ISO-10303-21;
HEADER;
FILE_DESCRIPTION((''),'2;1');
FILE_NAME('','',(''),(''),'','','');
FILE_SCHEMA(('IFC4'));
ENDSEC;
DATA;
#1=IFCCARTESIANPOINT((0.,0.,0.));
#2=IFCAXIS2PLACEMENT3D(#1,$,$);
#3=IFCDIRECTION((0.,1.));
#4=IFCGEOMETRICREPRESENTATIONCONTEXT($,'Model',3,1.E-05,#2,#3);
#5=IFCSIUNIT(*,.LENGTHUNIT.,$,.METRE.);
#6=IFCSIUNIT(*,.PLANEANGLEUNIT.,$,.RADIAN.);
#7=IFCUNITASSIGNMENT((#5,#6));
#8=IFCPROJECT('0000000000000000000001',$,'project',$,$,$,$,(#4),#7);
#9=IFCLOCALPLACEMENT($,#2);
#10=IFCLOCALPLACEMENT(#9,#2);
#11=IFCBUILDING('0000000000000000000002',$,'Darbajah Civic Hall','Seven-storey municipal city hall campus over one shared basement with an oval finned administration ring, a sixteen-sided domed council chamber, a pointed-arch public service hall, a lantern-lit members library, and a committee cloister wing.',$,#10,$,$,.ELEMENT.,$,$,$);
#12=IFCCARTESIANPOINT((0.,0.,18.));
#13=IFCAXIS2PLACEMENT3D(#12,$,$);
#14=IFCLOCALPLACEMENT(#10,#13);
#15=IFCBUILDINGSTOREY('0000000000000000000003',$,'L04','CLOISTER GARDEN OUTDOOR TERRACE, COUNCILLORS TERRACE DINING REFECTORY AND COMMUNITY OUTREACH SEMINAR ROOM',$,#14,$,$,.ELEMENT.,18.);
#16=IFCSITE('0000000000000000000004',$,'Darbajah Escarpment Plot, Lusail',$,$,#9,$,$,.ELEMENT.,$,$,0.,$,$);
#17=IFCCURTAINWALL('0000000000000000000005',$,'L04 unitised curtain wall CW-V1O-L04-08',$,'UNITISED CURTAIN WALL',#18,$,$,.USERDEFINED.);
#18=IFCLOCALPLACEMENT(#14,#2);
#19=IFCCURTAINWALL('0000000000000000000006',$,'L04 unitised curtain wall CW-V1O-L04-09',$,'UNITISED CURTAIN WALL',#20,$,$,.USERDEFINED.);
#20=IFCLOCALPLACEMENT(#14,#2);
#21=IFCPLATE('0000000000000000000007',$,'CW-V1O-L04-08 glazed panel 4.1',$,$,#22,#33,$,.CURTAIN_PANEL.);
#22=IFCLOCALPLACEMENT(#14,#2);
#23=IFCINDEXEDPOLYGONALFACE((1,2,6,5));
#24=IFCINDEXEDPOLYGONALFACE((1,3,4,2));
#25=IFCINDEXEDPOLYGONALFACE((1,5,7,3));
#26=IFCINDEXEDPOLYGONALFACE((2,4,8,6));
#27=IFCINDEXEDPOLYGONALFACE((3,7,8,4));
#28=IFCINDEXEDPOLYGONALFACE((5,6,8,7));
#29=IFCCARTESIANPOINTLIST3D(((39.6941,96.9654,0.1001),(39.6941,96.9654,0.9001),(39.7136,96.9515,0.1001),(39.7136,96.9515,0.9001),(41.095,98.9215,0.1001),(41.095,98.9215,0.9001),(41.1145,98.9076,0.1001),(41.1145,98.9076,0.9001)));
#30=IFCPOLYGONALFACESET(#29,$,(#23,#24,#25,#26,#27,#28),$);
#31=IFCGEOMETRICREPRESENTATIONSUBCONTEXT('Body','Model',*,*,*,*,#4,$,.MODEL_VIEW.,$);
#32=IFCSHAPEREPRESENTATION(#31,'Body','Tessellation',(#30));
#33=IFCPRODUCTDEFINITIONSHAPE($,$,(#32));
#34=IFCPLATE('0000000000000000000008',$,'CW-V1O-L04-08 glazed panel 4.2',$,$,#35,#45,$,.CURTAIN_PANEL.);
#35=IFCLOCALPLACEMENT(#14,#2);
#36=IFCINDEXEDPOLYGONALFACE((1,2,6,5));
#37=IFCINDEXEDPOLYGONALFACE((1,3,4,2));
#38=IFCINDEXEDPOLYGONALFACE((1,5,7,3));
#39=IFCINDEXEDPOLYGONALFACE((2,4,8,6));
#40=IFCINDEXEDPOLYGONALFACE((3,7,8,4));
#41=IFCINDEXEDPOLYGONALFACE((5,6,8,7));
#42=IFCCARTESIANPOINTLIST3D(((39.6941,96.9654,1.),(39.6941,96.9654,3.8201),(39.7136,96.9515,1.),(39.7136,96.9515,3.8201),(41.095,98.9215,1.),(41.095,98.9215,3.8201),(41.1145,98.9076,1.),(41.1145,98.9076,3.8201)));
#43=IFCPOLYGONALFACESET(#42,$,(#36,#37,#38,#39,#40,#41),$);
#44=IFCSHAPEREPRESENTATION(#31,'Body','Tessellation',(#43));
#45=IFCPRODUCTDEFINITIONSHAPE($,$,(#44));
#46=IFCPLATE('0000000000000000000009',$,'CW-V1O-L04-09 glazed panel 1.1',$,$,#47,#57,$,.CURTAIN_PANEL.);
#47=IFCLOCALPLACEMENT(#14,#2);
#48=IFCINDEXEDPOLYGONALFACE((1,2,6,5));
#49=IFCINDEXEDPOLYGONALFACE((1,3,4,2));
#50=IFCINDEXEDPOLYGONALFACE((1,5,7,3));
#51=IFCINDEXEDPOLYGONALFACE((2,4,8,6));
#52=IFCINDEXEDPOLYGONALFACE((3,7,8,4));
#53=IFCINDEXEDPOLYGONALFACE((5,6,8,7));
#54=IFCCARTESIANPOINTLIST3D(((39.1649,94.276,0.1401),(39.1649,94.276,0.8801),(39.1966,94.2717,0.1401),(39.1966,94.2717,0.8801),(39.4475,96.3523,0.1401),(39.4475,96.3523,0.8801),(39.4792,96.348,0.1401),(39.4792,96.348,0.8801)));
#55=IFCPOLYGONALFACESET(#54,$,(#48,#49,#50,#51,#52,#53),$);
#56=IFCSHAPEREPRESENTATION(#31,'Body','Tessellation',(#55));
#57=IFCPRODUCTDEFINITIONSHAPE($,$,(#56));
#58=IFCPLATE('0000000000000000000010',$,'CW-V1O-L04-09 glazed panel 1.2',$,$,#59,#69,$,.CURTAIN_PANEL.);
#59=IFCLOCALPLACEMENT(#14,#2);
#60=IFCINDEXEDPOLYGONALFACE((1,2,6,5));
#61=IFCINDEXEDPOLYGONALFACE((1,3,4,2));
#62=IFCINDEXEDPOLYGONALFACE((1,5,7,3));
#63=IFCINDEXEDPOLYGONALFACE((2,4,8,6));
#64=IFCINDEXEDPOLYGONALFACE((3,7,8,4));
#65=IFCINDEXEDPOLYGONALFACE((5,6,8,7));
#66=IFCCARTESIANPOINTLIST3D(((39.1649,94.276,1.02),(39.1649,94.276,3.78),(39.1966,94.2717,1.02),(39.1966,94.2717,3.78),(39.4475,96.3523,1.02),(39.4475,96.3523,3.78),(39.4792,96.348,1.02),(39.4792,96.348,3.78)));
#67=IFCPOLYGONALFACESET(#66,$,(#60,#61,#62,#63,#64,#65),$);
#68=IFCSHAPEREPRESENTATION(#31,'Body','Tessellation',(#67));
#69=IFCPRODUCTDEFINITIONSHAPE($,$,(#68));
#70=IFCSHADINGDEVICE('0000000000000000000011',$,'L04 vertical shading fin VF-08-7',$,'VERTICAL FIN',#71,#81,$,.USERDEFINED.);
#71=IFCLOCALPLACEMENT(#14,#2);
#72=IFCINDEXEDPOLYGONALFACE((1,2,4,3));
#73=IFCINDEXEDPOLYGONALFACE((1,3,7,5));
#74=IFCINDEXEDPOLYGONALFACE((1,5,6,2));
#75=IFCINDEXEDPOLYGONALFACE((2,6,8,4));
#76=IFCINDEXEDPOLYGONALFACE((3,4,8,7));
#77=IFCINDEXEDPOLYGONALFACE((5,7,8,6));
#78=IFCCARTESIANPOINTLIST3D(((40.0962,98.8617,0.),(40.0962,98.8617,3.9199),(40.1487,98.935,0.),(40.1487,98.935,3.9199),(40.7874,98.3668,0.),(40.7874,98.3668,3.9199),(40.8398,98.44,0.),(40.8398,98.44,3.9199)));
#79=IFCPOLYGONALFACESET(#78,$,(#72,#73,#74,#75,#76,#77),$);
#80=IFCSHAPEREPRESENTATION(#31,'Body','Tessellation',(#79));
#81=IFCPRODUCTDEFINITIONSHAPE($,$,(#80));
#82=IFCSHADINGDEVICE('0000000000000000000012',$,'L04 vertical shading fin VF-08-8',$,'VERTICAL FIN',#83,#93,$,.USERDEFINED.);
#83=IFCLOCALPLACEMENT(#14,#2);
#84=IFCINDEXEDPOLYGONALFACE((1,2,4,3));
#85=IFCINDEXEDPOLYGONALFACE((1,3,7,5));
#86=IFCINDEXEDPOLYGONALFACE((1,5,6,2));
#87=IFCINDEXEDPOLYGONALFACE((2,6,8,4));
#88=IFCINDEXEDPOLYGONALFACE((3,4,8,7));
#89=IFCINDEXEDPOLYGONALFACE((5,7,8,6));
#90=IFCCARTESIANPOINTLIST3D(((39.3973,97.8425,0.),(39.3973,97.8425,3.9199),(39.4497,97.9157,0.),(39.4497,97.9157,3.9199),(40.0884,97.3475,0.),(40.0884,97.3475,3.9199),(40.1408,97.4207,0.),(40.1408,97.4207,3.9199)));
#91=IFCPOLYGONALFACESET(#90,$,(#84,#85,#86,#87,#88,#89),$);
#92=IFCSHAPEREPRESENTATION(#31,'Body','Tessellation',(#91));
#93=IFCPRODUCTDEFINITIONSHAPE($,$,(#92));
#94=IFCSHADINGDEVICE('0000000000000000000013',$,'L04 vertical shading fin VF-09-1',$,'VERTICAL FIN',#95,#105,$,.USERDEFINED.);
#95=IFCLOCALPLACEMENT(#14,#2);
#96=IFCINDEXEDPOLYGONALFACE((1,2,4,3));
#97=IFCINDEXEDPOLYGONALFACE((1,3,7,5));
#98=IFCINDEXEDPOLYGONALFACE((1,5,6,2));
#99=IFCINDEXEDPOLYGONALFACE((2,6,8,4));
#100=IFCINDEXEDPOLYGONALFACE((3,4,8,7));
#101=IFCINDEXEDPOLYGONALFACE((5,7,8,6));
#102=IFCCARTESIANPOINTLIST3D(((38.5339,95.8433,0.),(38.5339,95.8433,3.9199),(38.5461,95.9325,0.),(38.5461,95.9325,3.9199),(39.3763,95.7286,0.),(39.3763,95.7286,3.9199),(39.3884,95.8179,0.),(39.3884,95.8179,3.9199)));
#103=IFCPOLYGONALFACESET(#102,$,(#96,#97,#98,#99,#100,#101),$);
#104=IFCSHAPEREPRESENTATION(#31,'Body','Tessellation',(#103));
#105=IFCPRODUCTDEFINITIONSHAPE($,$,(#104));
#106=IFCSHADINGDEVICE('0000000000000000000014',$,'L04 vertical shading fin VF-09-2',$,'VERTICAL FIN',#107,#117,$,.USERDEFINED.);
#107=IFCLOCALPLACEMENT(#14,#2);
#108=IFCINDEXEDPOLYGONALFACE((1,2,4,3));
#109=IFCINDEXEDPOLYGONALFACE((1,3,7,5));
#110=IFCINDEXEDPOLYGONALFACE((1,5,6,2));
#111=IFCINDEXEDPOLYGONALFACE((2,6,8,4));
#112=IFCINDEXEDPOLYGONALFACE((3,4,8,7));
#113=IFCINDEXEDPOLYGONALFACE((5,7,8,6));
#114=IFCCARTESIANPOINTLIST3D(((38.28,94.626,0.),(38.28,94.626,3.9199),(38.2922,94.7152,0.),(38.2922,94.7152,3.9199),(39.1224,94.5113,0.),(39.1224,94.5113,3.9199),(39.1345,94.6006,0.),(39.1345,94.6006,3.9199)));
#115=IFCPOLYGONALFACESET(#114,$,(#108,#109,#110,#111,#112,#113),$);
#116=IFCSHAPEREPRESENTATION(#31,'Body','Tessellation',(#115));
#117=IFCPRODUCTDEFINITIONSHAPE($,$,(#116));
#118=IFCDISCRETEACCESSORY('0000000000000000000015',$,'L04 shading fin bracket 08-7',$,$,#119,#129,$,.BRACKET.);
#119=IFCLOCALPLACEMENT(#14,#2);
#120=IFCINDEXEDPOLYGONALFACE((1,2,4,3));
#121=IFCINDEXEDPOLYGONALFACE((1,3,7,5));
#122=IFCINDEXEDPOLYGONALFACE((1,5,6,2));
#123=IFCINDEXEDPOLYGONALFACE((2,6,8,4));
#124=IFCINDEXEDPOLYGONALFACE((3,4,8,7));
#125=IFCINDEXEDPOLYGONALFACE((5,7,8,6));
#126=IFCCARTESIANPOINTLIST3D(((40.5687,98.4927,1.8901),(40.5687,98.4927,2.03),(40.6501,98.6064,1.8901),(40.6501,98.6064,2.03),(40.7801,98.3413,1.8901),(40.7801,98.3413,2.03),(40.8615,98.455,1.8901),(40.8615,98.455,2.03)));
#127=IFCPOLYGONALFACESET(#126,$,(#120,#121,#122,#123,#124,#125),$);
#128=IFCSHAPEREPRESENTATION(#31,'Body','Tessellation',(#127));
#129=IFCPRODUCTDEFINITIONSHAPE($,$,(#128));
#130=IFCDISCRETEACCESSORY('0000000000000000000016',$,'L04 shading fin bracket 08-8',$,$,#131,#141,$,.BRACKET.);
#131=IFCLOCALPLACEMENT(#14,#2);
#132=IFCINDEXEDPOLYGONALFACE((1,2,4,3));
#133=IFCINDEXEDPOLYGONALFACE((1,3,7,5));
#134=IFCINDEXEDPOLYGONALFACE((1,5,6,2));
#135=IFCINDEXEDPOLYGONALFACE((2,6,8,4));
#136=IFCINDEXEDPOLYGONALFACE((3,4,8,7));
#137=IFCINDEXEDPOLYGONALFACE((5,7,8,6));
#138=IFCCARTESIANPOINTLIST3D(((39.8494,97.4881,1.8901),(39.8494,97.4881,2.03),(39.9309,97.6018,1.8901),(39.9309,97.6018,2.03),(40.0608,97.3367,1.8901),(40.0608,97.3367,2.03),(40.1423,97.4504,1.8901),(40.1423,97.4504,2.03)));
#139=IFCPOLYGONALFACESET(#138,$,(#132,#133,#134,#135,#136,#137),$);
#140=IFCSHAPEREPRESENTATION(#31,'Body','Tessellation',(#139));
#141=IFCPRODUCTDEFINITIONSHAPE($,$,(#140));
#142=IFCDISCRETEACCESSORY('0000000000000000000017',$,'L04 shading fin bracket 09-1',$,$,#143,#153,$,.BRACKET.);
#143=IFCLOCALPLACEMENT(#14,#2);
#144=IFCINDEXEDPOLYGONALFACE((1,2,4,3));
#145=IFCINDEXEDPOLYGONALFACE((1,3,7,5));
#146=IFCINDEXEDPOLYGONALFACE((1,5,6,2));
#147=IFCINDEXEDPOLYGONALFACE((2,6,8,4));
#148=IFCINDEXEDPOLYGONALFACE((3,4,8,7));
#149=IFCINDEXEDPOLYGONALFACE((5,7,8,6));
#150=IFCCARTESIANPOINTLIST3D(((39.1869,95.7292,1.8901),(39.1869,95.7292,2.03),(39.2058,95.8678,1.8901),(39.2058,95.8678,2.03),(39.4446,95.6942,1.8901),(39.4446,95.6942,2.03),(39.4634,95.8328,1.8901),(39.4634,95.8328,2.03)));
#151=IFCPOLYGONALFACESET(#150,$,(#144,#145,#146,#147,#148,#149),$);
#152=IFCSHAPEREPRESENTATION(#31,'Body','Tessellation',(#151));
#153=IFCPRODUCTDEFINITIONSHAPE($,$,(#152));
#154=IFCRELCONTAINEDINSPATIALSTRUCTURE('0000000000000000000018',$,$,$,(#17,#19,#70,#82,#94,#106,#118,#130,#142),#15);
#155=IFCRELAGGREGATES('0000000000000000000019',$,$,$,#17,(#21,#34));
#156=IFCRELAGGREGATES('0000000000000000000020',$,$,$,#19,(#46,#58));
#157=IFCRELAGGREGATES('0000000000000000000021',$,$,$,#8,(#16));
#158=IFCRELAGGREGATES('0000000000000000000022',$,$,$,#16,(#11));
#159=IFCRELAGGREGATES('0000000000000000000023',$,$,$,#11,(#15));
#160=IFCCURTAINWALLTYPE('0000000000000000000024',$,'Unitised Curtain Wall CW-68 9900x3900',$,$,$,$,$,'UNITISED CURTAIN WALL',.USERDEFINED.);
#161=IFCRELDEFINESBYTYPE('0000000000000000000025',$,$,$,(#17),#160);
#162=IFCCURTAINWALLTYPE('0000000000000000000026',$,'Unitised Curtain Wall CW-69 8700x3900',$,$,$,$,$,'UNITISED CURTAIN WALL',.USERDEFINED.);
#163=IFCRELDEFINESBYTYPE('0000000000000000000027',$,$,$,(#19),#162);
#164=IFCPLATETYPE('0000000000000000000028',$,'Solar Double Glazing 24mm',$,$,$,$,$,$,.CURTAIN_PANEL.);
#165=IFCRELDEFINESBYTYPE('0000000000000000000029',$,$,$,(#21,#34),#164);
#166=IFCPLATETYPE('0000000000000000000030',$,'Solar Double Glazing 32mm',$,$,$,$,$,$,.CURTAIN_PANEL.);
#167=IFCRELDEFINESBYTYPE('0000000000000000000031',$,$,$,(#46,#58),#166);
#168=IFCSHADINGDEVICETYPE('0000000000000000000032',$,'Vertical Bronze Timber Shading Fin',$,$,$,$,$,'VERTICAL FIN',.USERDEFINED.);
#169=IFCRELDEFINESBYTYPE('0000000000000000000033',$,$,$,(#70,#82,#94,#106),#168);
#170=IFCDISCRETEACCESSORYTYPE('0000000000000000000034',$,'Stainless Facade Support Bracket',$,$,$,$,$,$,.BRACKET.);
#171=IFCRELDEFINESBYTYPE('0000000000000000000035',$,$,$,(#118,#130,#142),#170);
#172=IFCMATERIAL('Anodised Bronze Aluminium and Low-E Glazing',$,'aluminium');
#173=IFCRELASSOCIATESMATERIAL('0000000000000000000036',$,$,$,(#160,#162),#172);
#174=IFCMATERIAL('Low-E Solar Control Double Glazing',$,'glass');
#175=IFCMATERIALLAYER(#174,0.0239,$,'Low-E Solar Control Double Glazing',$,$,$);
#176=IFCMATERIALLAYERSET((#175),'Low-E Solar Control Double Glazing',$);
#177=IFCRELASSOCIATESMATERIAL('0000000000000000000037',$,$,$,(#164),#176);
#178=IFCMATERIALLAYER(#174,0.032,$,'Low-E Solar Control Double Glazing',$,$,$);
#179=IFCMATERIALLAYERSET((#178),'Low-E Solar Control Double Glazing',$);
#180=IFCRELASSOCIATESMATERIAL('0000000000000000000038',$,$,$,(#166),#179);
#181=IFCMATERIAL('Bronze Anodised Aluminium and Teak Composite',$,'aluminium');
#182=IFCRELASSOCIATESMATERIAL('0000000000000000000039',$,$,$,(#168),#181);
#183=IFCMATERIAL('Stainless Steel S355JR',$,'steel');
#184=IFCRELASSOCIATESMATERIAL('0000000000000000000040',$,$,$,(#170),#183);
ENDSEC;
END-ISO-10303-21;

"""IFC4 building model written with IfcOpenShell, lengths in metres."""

from ifc_helpers import new_model, si_unit, direction, frame, origin, origin_2d, place, context, subcontext, project, spatial, rectangle, extrude, material, layer, layer_set, type_object, element, aggregate, save


model = new_model("IFC4")

# Units and contexts
model_context = context("Model", 3, precision=1e-05, world=origin(), true_north=direction((0.0, 1.0)))
body_context = subcontext(model_context, "Body", "Model", "MODEL_VIEW")
ifc_project = project(units=[si_unit("LENGTHUNIT", "METRE"), si_unit("PLANEANGLEUNIT", "RADIAN")], contexts=[model_context])

# Site, building, storey
site_placement = place(None, origin())
site = spatial("IfcSite", under=ifc_project, at=site_placement, Name="Darbajah Escarpment Plot, Lusail", CompositionType="ELEMENT", RefElevation=0.0)
building_placement = place(site_placement, origin())
building = spatial("IfcBuilding", under=site, at=building_placement, Name="Darbajah Civic Hall", Description="Seven-storey municipal city hall campus over one shared basement with an oval finned administration ring, a sixteen-sided domed council chamber, a pointed-arch public service hall, a lantern-lit members library, and a committee cloister wing.", CompositionType="ELEMENT")
storey_placement = place(building_placement, frame((0.0, 0.0, 18.0)))
storey = spatial("IfcBuildingStorey", under=building, at=storey_placement, Name="L04", Description="CLOISTER GARDEN OUTDOOR TERRACE, COUNCILLORS TERRACE DINING REFECTORY AND COMMUNITY OUTREACH SEMINAR ROOM", CompositionType="ELEMENT", Elevation=18.0)

# Curtain walls
ifc_material_1 = material(Name="Anodised Bronze Aluminium and Low-E Glazing", Category="aluminium")
curtain_wall_type_1 = type_object("IfcCurtainWallType", Name="Unitised Curtain Wall CW-68 9900x3900", ElementType="UNITISED CURTAIN WALL", PredefinedType="USERDEFINED", material=ifc_material_1)
curtain_wall_1_placement = place(storey_placement, origin())
curtain_wall_1 = element("IfcCurtainWall", 1, at=curtain_wall_1_placement, inside=storey, type_object=curtain_wall_type_1, Name="L04 unitised curtain wall CW-V1O-L04-08", ObjectType="UNITISED CURTAIN WALL", PredefinedType="USERDEFINED")
curtain_wall_type_2 = type_object("IfcCurtainWallType", Name="Unitised Curtain Wall CW-69 8700x3900", ElementType="UNITISED CURTAIN WALL", PredefinedType="USERDEFINED", material=ifc_material_1)
curtain_wall_2_placement = place(storey_placement, origin())
curtain_wall_2 = element("IfcCurtainWall", 2, at=curtain_wall_2_placement, inside=storey, type_object=curtain_wall_type_2, Name="L04 unitised curtain wall CW-V1O-L04-09", ObjectType="UNITISED CURTAIN WALL", PredefinedType="USERDEFINED")

# Plates
ifc_material_2 = material(Name="Low-E Solar Control Double Glazing", Category="glass")
ifc_layer_1 = layer(ifc_material_2, 0.0239, Name="Low-E Solar Control Double Glazing")
ifc_layer_set_1 = layer_set([ifc_layer_1], Name="Low-E Solar Control Double Glazing")
plate_type_1 = type_object("IfcPlateType", Name="Solar Double Glazing 24mm", PredefinedType="CURTAIN_PANEL", material=ifc_layer_set_1)
plate_1_placement = place(storey_placement, frame((40.4043, 97.9365, 0.1001), z_axis=(0.0, 0.0, 1.0), x_axis=(-0.582265, -0.812999, 0.0)))
plate_1 = element("IfcPlate", 3, at=plate_1_placement, type_object=plate_type_1, Name="CW-V1O-L04-08 glazed panel 4.1", PredefinedType="CURTAIN_PANEL", context=body_context, shape_type="SweptSolid", body=[
    extrude(rectangle(XDim=2.406, YDim=0.0239, at=origin_2d()), origin(), (0.0, 0.0, 1.0), 0.8),
])
plate_2_placement = place(storey_placement, frame((40.4043, 97.9365, 1.0), z_axis=(0.0, 0.0, 1.0), x_axis=(-0.582265, -0.812999, 0.0)))
plate_2 = element("IfcPlate", 4, at=plate_2_placement, type_object=plate_type_1, Name="CW-V1O-L04-08 glazed panel 4.2", PredefinedType="CURTAIN_PANEL", context=body_context, shape_type="SweptSolid", body=[
    extrude(rectangle(XDim=2.406, YDim=0.0239, at=origin_2d()), origin(), (0.0, 0.0, 1.0), 2.8201),
])
aggregate(curtain_wall_1, [plate_1, plate_2])
ifc_layer_2 = layer(ifc_material_2, 0.032, Name="Low-E Solar Control Double Glazing")
ifc_layer_set_2 = layer_set([ifc_layer_2], Name="Low-E Solar Control Double Glazing")
plate_type_2 = type_object("IfcPlateType", Name="Solar Double Glazing 32mm", PredefinedType="CURTAIN_PANEL", material=ifc_layer_set_2)
plate_3_placement = place(storey_placement, frame((39.322, 95.312, 0.1401), z_axis=(0.0, 0.0, 1.0), x_axis=(-0.134851, -0.990866, 0.0)))
plate_3 = element("IfcPlate", 5, at=plate_3_placement, type_object=plate_type_2, Name="CW-V1O-L04-09 glazed panel 1.1", PredefinedType="CURTAIN_PANEL", context=body_context, shape_type="SweptSolid", body=[
    extrude(rectangle(XDim=2.0955, YDim=0.032, at=origin_2d()), origin(), (0.0, 0.0, 1.0), 0.74),
])
plate_4_placement = place(storey_placement, frame((39.322, 95.312, 1.02), z_axis=(0.0, 0.0, 1.0), x_axis=(-0.134851, -0.990866, 0.0)))
plate_4 = element("IfcPlate", 6, at=plate_4_placement, type_object=plate_type_2, Name="CW-V1O-L04-09 glazed panel 1.2", PredefinedType="CURTAIN_PANEL", context=body_context, shape_type="SweptSolid", body=[
    extrude(rectangle(XDim=2.0955, YDim=0.032, at=origin_2d()), origin(), (0.0, 0.0, 1.0), 2.76),
])
aggregate(curtain_wall_2, [plate_3, plate_4])

# Shading devices
ifc_material_3 = material(Name="Bronze Anodised Aluminium and Teak Composite", Category="aluminium")
shading_device_type = type_object("IfcShadingDeviceType", Name="Vertical Bronze Timber Shading Fin", ElementType="VERTICAL FIN", PredefinedType="USERDEFINED", material=ifc_material_3)
for number, where, z_axis, x_axis, name in (
    (7, (40.468, 98.6509, 0.0), (0.0, 0.0, 1.0), (-0.812999, 0.582265, 0.0), "L04 vertical shading fin VF-08-7"),
    (8, (39.769, 97.6316, 0.0), (0.0, 0.0, 1.0), (-0.812999, 0.582265, 0.0), "L04 vertical shading fin VF-08-8"),
    (9, (38.9612, 95.8306, 0.0), (0.0, 0.0, 1.0), (-0.990866, 0.134851, 0.0), "L04 vertical shading fin VF-09-1"),
    (10, (38.7073, 94.6133, 0.0), (0.0, 0.0, 1.0), (-0.990866, 0.134851, 0.0), "L04 vertical shading fin VF-09-2"),
):
    element("IfcShadingDevice", number, at=place(storey_placement, frame(where, z_axis=z_axis, x_axis=x_axis)), inside=storey, type_object=shading_device_type, Name=name, ObjectType="VERTICAL FIN", PredefinedType="USERDEFINED", context=body_context, shape_type="SweptSolid", body=[
        extrude(rectangle(XDim=0.8501, YDim=0.0901, at=origin_2d()), origin(), (0.0, 0.0, 1.0), 3.9199),
    ])

# Discrete accessories
ifc_material_4 = material(Name="Stainless Steel S355JR", Category="steel")
discrete_accessory_type = type_object("IfcDiscreteAccessoryType", Name="Stainless Facade Support Bracket", PredefinedType="BRACKET", material=ifc_material_4)
for number, where, z_axis, x_axis, name in (
    (11, (40.7151, 98.4739, 1.8901), (0.0, 0.0, 1.0), (-0.812999, 0.582265, 0.0), "L04 shading fin bracket 08-7"),
    (12, (39.9958, 97.4692, 1.8901), (0.0, 0.0, 1.0), (-0.812999, 0.582265, 0.0), "L04 shading fin bracket 08-8"),
    (13, (39.3252, 95.781, 1.8901), (0.0, 0.0, 1.0), (-0.990866, 0.134851, 0.0), "L04 shading fin bracket 09-1"),
):
    element("IfcDiscreteAccessory", number, at=place(storey_placement, frame(where, z_axis=z_axis, x_axis=x_axis)), inside=storey, type_object=discrete_accessory_type, Name=name, PredefinedType="BRACKET", context=body_context, shape_type="SweptSolid", body=[
        extrude(rectangle(XDim=0.26, YDim=0.1399, at=origin_2d()), origin(), (0.0, 0.0, 1.0), 0.1399),
    ])

save(model, "model.ifc")
